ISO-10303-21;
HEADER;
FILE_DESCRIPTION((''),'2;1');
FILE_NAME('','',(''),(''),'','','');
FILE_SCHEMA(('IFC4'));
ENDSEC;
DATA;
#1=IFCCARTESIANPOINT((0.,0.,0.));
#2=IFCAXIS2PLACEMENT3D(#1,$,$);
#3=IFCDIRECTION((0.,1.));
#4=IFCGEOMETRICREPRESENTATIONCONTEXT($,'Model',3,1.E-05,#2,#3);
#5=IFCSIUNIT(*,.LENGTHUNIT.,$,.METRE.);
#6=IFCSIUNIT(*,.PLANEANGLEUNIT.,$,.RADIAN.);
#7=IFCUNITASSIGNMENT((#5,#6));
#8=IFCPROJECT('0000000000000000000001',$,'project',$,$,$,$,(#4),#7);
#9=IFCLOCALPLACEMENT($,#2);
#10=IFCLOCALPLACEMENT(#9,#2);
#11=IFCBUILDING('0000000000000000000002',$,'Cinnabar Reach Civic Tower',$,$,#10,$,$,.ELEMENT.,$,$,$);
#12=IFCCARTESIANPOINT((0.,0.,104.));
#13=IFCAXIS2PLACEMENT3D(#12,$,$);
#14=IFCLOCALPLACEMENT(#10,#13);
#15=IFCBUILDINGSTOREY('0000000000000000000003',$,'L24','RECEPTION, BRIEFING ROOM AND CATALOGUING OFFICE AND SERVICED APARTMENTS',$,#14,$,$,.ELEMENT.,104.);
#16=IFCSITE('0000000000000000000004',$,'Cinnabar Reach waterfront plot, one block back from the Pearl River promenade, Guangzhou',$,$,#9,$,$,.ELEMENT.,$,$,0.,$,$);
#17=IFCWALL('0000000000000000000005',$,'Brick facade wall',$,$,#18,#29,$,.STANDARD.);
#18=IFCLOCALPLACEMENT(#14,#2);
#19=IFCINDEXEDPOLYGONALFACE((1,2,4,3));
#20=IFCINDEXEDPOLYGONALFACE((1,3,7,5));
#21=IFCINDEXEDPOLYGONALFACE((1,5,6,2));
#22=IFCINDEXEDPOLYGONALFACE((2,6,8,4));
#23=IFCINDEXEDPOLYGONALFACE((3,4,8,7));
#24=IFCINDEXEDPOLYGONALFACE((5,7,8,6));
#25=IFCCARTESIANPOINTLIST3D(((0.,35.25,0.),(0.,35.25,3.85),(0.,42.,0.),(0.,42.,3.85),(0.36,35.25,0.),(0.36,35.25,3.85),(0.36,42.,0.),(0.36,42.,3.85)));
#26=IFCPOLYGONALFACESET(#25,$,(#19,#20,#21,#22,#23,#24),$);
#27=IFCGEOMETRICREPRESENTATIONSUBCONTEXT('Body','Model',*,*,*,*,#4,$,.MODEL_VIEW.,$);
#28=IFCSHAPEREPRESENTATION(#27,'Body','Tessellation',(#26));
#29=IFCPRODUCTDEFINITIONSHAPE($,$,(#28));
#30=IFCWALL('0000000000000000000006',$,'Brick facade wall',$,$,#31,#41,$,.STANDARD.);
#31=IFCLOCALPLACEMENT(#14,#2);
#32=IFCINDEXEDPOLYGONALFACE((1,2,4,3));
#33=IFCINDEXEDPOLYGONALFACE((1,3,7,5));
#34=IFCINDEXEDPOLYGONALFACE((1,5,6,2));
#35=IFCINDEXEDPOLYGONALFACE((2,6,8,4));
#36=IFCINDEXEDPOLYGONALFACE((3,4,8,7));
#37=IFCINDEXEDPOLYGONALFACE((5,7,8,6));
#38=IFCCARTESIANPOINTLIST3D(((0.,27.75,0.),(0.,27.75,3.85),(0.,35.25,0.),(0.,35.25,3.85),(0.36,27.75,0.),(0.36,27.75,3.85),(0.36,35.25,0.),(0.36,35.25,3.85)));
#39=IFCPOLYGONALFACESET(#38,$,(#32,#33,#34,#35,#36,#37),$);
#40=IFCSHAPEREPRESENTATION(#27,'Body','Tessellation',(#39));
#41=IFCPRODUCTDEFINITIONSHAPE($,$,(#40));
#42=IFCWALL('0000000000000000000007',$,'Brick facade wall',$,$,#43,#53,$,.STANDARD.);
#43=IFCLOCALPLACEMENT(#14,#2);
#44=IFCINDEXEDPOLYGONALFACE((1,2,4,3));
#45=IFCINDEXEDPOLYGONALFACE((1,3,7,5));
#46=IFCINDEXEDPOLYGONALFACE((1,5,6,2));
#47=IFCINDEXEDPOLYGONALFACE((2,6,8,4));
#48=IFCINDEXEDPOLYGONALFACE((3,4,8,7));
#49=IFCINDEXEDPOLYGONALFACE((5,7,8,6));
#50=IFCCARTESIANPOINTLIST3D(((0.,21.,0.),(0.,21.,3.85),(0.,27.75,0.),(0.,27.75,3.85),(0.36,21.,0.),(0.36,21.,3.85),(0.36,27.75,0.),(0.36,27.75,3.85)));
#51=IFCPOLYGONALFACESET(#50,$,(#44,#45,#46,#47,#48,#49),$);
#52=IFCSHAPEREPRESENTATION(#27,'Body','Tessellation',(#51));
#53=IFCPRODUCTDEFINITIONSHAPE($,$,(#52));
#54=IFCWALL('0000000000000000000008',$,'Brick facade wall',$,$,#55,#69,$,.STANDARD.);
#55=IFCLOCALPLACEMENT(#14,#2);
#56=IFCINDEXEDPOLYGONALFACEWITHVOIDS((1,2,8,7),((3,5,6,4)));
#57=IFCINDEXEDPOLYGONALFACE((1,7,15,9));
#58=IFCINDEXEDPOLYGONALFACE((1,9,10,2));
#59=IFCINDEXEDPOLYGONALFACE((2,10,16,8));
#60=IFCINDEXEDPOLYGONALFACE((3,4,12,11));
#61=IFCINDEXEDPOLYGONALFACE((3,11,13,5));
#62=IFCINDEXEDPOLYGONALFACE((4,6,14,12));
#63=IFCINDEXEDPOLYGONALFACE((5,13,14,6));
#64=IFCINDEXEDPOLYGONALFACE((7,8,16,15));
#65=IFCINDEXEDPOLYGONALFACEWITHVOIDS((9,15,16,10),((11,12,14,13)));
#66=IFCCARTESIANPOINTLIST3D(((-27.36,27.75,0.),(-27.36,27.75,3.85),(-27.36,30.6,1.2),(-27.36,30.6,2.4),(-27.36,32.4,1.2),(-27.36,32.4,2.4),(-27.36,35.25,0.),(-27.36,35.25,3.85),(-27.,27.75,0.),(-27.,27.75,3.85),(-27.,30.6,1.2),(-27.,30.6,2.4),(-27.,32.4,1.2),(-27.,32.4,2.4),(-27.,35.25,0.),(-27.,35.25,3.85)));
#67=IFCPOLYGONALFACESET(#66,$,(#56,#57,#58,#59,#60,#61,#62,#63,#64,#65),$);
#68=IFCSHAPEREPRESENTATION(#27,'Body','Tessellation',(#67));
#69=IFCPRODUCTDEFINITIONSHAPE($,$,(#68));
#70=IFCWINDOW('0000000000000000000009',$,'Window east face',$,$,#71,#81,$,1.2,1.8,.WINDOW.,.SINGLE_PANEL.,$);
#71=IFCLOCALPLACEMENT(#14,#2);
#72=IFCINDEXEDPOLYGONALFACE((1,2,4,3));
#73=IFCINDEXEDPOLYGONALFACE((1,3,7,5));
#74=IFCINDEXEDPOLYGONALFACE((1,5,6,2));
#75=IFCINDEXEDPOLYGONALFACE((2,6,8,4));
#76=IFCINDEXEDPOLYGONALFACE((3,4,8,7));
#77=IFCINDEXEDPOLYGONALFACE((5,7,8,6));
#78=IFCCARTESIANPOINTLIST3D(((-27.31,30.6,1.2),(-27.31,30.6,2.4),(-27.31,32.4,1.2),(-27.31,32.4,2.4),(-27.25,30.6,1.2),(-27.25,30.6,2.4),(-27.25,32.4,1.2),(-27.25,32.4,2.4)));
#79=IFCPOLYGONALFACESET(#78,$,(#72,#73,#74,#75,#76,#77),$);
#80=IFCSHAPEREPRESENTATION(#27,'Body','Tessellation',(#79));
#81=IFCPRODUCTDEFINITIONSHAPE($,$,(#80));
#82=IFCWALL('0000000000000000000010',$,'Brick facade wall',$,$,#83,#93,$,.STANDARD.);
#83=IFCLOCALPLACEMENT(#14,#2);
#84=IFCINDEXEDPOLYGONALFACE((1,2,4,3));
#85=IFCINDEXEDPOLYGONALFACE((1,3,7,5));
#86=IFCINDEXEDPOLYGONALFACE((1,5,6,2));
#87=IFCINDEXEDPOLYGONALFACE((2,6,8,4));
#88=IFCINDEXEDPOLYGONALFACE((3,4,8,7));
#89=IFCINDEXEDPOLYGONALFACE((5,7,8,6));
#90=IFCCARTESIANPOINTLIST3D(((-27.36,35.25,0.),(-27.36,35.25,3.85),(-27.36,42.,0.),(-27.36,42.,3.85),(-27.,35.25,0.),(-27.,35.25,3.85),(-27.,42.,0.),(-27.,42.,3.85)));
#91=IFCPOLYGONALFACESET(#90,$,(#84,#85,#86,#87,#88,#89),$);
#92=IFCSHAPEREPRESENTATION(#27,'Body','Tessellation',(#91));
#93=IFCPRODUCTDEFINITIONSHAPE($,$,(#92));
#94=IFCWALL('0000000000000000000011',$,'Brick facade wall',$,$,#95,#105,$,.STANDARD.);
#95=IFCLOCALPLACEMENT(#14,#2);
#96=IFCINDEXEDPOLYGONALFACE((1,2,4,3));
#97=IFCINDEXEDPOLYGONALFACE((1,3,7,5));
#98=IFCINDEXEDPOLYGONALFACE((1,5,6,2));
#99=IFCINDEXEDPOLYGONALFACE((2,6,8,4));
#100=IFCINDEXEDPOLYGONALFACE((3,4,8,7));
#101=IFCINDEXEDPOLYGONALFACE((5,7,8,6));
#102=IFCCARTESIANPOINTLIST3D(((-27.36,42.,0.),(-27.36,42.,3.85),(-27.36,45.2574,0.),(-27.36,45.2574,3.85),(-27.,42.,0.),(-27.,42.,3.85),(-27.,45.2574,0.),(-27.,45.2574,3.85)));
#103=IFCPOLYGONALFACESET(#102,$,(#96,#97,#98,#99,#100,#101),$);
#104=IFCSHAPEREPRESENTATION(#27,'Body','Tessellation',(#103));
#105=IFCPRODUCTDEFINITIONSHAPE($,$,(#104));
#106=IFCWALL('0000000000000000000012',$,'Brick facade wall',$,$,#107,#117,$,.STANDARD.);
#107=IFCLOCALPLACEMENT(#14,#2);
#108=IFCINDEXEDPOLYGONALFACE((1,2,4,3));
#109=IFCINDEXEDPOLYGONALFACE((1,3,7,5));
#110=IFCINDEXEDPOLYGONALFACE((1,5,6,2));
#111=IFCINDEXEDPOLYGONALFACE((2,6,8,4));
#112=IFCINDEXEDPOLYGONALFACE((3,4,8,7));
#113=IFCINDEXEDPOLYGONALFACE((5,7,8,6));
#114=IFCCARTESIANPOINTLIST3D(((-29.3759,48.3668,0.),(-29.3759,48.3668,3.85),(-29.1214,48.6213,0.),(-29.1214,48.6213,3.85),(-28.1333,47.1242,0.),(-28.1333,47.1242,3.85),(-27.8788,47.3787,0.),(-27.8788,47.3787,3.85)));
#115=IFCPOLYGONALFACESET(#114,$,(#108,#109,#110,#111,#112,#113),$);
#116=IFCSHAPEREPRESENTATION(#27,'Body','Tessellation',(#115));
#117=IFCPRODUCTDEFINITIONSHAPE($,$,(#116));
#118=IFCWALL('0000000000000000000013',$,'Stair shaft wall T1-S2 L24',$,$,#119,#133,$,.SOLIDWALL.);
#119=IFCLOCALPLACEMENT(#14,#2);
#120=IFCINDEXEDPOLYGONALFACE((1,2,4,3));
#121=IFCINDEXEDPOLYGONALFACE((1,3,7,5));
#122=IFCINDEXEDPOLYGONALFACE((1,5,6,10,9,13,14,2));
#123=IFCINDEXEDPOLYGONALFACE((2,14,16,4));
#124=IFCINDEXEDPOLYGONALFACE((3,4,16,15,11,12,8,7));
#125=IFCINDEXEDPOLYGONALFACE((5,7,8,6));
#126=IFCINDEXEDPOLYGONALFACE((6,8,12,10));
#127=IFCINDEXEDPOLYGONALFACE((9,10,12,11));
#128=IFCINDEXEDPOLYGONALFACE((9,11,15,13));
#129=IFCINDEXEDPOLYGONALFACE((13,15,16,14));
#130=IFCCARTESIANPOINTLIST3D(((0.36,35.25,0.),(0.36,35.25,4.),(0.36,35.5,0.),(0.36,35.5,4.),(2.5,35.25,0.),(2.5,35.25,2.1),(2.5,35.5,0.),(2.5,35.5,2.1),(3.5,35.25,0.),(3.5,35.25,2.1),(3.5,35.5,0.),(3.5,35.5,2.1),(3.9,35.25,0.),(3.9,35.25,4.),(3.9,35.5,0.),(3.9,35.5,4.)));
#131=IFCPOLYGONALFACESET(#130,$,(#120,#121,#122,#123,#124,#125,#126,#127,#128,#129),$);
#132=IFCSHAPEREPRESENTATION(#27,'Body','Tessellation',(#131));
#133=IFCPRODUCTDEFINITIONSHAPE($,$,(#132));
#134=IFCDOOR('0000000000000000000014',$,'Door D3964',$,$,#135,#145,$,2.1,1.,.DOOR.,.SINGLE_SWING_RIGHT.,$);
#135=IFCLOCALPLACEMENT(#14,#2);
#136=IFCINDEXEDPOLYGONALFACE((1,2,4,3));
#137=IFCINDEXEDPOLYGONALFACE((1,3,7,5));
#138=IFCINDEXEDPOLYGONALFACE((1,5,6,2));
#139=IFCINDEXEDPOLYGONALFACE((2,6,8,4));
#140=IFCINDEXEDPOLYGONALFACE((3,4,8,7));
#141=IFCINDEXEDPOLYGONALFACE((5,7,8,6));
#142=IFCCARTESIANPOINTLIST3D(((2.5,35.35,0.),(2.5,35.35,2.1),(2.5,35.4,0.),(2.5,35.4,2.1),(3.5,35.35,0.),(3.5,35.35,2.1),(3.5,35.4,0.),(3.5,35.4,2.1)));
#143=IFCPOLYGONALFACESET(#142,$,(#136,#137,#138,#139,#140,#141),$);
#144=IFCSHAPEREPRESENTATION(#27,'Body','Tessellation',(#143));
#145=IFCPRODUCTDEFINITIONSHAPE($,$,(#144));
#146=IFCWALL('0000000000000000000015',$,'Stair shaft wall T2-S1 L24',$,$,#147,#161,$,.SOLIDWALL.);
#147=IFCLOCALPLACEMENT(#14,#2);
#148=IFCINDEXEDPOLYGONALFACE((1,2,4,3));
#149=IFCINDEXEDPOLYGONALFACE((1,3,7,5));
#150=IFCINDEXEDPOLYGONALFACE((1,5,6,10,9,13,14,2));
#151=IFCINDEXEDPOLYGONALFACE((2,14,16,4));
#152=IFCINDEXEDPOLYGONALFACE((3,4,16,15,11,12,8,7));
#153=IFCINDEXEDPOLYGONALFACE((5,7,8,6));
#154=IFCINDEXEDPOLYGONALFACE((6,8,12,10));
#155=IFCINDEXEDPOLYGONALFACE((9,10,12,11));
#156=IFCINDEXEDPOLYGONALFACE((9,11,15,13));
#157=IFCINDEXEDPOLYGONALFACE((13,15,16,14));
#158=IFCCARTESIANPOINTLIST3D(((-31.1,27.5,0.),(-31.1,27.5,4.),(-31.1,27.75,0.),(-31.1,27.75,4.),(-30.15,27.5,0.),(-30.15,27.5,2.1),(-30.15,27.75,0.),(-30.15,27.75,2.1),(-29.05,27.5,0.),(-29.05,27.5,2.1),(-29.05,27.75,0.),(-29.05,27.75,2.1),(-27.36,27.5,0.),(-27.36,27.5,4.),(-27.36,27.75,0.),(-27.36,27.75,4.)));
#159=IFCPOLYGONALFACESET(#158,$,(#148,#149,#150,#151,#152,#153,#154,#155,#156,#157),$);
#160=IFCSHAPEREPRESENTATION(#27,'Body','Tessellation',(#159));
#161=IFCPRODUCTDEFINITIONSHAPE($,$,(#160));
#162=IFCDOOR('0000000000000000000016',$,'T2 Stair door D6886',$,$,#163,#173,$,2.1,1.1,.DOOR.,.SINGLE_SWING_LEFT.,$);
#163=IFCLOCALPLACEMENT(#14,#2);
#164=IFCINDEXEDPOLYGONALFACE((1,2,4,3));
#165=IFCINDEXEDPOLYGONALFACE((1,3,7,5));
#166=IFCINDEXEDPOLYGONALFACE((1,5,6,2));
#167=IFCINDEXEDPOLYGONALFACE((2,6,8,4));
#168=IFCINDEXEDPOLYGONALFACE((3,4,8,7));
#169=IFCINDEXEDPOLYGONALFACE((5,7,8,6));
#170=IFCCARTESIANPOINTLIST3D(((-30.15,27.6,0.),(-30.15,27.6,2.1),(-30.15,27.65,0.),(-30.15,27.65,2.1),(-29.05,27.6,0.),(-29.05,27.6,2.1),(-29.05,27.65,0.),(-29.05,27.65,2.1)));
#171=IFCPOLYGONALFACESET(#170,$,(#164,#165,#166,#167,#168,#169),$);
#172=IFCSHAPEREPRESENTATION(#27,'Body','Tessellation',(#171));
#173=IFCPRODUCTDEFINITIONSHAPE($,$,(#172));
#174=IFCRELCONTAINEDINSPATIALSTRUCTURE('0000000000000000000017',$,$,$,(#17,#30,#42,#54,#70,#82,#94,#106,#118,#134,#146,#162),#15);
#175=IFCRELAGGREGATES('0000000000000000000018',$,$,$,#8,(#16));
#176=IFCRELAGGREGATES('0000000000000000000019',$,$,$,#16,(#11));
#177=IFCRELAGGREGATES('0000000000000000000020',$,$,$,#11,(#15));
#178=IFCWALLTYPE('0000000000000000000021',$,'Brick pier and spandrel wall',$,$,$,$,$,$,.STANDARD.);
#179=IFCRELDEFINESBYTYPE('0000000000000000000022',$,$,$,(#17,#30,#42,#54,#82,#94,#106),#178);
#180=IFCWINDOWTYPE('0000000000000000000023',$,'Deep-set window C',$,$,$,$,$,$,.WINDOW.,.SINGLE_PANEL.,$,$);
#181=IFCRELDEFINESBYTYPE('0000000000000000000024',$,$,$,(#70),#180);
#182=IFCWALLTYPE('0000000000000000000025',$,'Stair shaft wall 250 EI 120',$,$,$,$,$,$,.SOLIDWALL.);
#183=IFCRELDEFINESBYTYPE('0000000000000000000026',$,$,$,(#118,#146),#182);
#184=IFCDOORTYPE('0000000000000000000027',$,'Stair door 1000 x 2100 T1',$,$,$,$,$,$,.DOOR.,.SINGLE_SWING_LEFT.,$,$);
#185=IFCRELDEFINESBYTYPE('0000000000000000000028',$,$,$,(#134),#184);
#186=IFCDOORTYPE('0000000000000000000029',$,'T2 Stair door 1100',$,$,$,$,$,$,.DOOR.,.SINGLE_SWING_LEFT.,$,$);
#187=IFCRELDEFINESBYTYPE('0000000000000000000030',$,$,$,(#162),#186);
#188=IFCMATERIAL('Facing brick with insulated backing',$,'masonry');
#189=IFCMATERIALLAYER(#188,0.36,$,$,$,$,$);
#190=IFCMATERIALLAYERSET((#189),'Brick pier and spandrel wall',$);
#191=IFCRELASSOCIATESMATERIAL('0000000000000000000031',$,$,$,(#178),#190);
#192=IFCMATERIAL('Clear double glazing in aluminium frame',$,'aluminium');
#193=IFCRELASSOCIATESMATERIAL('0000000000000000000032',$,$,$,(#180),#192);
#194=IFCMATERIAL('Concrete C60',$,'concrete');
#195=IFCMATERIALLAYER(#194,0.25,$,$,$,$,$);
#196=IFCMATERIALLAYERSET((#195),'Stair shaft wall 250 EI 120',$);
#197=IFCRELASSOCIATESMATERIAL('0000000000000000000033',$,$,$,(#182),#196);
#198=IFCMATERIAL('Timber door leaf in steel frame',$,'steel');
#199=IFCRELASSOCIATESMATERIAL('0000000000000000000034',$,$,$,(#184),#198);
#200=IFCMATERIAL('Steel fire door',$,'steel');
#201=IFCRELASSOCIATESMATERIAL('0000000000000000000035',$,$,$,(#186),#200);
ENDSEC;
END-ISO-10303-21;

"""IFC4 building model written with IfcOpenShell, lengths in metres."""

from ifc_helpers import new_model, si_unit, direction, frame, frame_2d, origin, place, context, subcontext, project, spatial, rectangle, extrude, material, layer, layer_set, type_object, element, fill, save


model = new_model("IFC4")

# Units and contexts
model_context = context("Model", 3, precision=1e-05, world=origin(), true_north=direction((0.0, 1.0)))
body_context = subcontext(model_context, "Body", "Model", "MODEL_VIEW")
ifc_project = project(units=[si_unit("LENGTHUNIT", "METRE"), si_unit("PLANEANGLEUNIT", "RADIAN")], contexts=[model_context])

# Site, building, storey
site_placement = place(None, origin())
site = spatial("IfcSite", under=ifc_project, at=site_placement, Name="Cinnabar Reach waterfront plot, one block back from the Pearl River promenade, Guangzhou", CompositionType="ELEMENT", RefElevation=0.0)
building_placement = place(site_placement, origin())
building = spatial("IfcBuilding", under=site, at=building_placement, Name="Cinnabar Reach Civic Tower", CompositionType="ELEMENT")
storey_placement = place(building_placement, frame((0.0, 0.0, 104.0)))
storey = spatial("IfcBuildingStorey", under=building, at=storey_placement, Name="L24", Description="RECEPTION, BRIEFING ROOM AND CATALOGUING OFFICE AND SERVICED APARTMENTS", CompositionType="ELEMENT", Elevation=104.0)

# Shared definitions
ifc_material_1 = material(Name="Concrete C60", Category="concrete")

# Walls
ifc_material_2 = material(Name="Facing brick with insulated backing", Category="masonry")
ifc_layer_1 = layer(ifc_material_2, 0.36)
ifc_layer_set_1 = layer_set([ifc_layer_1], Name="Brick pier and spandrel wall")
wall_type_1 = type_object("IfcWallType", Name="Brick pier and spandrel wall", PredefinedType="STANDARD", material=ifc_layer_set_1)
wall_1_placement = place(storey_placement, frame((0.18, 42.0, 0.0), z_axis=(0.0, 0.0, 1.0), x_axis=(0.0, -1.0, 0.0)))
element("IfcWall", 1, at=wall_1_placement, inside=storey, type_object=wall_type_1, Name="Brick facade wall", PredefinedType="STANDARD", context=body_context, shape_type="SweptSolid", body=[
    extrude(rectangle(XDim=6.75, YDim=0.36, at=frame_2d((3.375, 0.0))), origin(), (0.0, 0.0, 1.0), 3.85),
])
wall_2_placement = place(storey_placement, frame((0.18, 35.25, 0.0), z_axis=(0.0, 0.0, 1.0), x_axis=(0.0, -1.0, 0.0)))
element("IfcWall", 2, at=wall_2_placement, inside=storey, type_object=wall_type_1, Name="Brick facade wall", PredefinedType="STANDARD", context=body_context, shape_type="SweptSolid", body=[
    extrude(rectangle(XDim=7.5, YDim=0.36, at=frame_2d((3.75, 0.0))), origin(), (0.0, 0.0, 1.0), 3.85),
])
wall_3_placement = place(storey_placement, frame((0.18, 27.75, 0.0), z_axis=(0.0, 0.0, 1.0), x_axis=(0.0, -1.0, 0.0)))
element("IfcWall", 3, at=wall_3_placement, inside=storey, type_object=wall_type_1, Name="Brick facade wall", PredefinedType="STANDARD", context=body_context, shape_type="SweptSolid", body=[
    extrude(rectangle(XDim=6.75, YDim=0.36, at=frame_2d((3.375, 0.0))), origin(), (0.0, 0.0, 1.0), 3.85),
])

# Wall, opening, window
wall_4_placement = place(storey_placement, frame((-27.18, 27.75, 0.0), z_axis=(0.0, 0.0, 1.0), x_axis=(0.0, 1.0, 0.0)))
wall_4 = element("IfcWall", 4, at=wall_4_placement, inside=storey, type_object=wall_type_1, Name="Brick facade wall", PredefinedType="STANDARD", context=body_context, shape_type="SweptSolid", body=[
    extrude(rectangle(XDim=7.5, YDim=0.36, at=frame_2d((3.75, 0.0))), origin(), (0.0, 0.0, 1.0), 3.85),
])
opening_1_placement = place(wall_4_placement, frame((2.85, 0.0, 1.2)))
opening_1 = element("IfcOpeningElement", 5, at=opening_1_placement, cuts=wall_4, PredefinedType="OPENING", context=body_context, shape_type="SweptSolid", body=[
    extrude(rectangle(XDim=1.8, YDim=1.2, at=frame_2d((0.9, 0.6))), frame((0.0, 0.19, 0.0), z_axis=(0.0, -1.0, 0.0), x_axis=(1.0, 0.0, 0.0)), (0.0, 0.0, 1.0), 0.38),
])
ifc_material_3 = material(Name="Clear double glazing in aluminium frame", Category="aluminium")
window_type = type_object("IfcWindowType", Name="Deep-set window C", PartitioningType="SINGLE_PANEL", PredefinedType="WINDOW", material=ifc_material_3)
window_placement = place(opening_1_placement, origin())
window = element("IfcWindow", 6, at=window_placement, inside=storey, type_object=window_type, Name="Window east face", OverallHeight=1.2, OverallWidth=1.8, PartitioningType="SINGLE_PANEL", PredefinedType="WINDOW", context=body_context, shape_type="SweptSolid", body=[
    extrude(rectangle(XDim=1.8, YDim=1.2, at=frame_2d((0.9, 0.6))), frame((0.0, 0.13, 0.0), z_axis=(0.0, -1.0, 0.0), x_axis=(1.0, 0.0, 0.0)), (0.0, 0.0, 1.0), 0.06),
])
fill(opening_1, window)

# Walls
wall_5_placement = place(storey_placement, frame((-27.18, 35.25, 0.0), z_axis=(0.0, 0.0, 1.0), x_axis=(0.0, 1.0, 0.0)))
element("IfcWall", 7, at=wall_5_placement, inside=storey, type_object=wall_type_1, Name="Brick facade wall", PredefinedType="STANDARD", context=body_context, shape_type="SweptSolid", body=[
    extrude(rectangle(XDim=6.75, YDim=0.36, at=frame_2d((3.375, 0.0))), origin(), (0.0, 0.0, 1.0), 3.85),
])
wall_6_placement = place(storey_placement, frame((-27.18, 42.0, 0.0), z_axis=(0.0, 0.0, 1.0), x_axis=(0.0, 1.0, 0.0)))
element("IfcWall", 8, at=wall_6_placement, inside=storey, type_object=wall_type_1, Name="Brick facade wall", PredefinedType="STANDARD", context=body_context, shape_type="SweptSolid", body=[
    extrude(rectangle(XDim=3.2574, YDim=0.36, at=frame_2d((1.6287, 0.0))), origin(), (0.0, 0.0, 1.0), 3.85),
])
wall_7_placement = place(storey_placement, frame((-28.006, 47.2514, 0.0), z_axis=(0.0, 0.0, 1.0), x_axis=(-0.707107, 0.707107, 0.0)))
element("IfcWall", 9, at=wall_7_placement, inside=storey, type_object=wall_type_1, Name="Brick facade wall", PredefinedType="STANDARD", context=body_context, shape_type="SweptSolid", body=[
    extrude(rectangle(XDim=1.7573, YDim=0.36, at=frame_2d((0.8787, 0.0))), origin(), (0.0, 0.0, 1.0), 3.85),
])

# Walls, openings, doors
ifc_layer_2 = layer(ifc_material_1, 0.25)
ifc_layer_set_2 = layer_set([ifc_layer_2], Name="Stair shaft wall 250 EI 120")
wall_type_2 = type_object("IfcWallType", Name="Stair shaft wall 250 EI 120", PredefinedType="SOLIDWALL", material=ifc_layer_set_2)
wall_8_placement = place(storey_placement, frame((0.36, 35.375, 0.0), z_axis=(0.0, 0.0, 1.0), x_axis=(1.0, 0.0, 0.0)))
wall_8 = element("IfcWall", 10, at=wall_8_placement, inside=storey, type_object=wall_type_2, Name="Stair shaft wall T1-S2 L24", PredefinedType="SOLIDWALL", context=body_context, shape_type="SweptSolid", body=[
    extrude(rectangle(XDim=3.54, YDim=0.25, at=frame_2d((1.77, 0.0))), origin(), (0.0, 0.0, 1.0), 4.0),
])
opening_2_placement = place(wall_8_placement, frame((2.14, 0.0, 0.0)))
opening_2 = element("IfcOpeningElement", 11, at=opening_2_placement, cuts=wall_8, PredefinedType="OPENING", context=body_context, shape_type="SweptSolid", body=[
    extrude(rectangle(XDim=1.0, YDim=2.1, at=frame_2d((0.5, 1.05))), frame((0.0, 0.135, 0.0), z_axis=(0.0, -1.0, 0.0), x_axis=(1.0, 0.0, 0.0)), (0.0, 0.0, 1.0), 0.27),
])
ifc_material_4 = material(Name="Timber door leaf in steel frame", Category="steel")
door_type_1 = type_object("IfcDoorType", Name="Stair door 1000 x 2100 T1", OperationType="SINGLE_SWING_LEFT", PredefinedType="DOOR", material=ifc_material_4)
door_1_placement = place(opening_2_placement, origin())
door_1 = element("IfcDoor", 12, at=door_1_placement, inside=storey, type_object=door_type_1, Name="Door D3964", OperationType="SINGLE_SWING_RIGHT", OverallHeight=2.1, OverallWidth=1.0, PredefinedType="DOOR", context=body_context, shape_type="SweptSolid", body=[
    extrude(rectangle(XDim=1.0, YDim=2.1, at=frame_2d((0.5, 1.05))), frame((0.0, 0.025, 0.0), z_axis=(0.0, -1.0, 0.0), x_axis=(1.0, 0.0, 0.0)), (0.0, 0.0, 1.0), 0.05),
])
fill(opening_2, door_1)
wall_9_placement = place(storey_placement, frame((-27.36, 27.625, 0.0), z_axis=(0.0, 0.0, 1.0), x_axis=(-1.0, 0.0, 0.0)))
wall_9 = element("IfcWall", 13, at=wall_9_placement, inside=storey, type_object=wall_type_2, Name="Stair shaft wall T2-S1 L24", PredefinedType="SOLIDWALL", context=body_context, shape_type="SweptSolid", body=[
    extrude(rectangle(XDim=3.74, YDim=0.25, at=frame_2d((1.87, 0.0))), origin(), (0.0, 0.0, 1.0), 4.0),
])
opening_3_placement = place(wall_9_placement, frame((1.69, 0.0, 0.0)))
opening_3 = element("IfcOpeningElement", 14, at=opening_3_placement, cuts=wall_9, PredefinedType="OPENING", context=body_context, shape_type="SweptSolid", body=[
    extrude(rectangle(XDim=1.1, YDim=2.1, at=frame_2d((0.55, 1.05))), frame((0.0, 0.135, 0.0), z_axis=(0.0, -1.0, 0.0), x_axis=(1.0, 0.0, 0.0)), (0.0, 0.0, 1.0), 0.27),
])
ifc_material_5 = material(Name="Steel fire door", Category="steel")
door_type_2 = type_object("IfcDoorType", Name="T2 Stair door 1100", OperationType="SINGLE_SWING_LEFT", PredefinedType="DOOR", material=ifc_material_5)
door_2_placement = place(opening_3_placement, origin())
door_2 = element("IfcDoor", 15, at=door_2_placement, inside=storey, type_object=door_type_2, Name="T2 Stair door D6886", OperationType="SINGLE_SWING_LEFT", OverallHeight=2.1, OverallWidth=1.1, PredefinedType="DOOR", context=body_context, shape_type="SweptSolid", body=[
    extrude(rectangle(XDim=1.1, YDim=2.1, at=frame_2d((0.55, 1.05))), frame((0.0, 0.025, 0.0), z_axis=(0.0, -1.0, 0.0), x_axis=(1.0, 0.0, 0.0)), (0.0, 0.0, 1.0), 0.05),
])
fill(opening_3, door_2)

save(model, "model.ifc")
